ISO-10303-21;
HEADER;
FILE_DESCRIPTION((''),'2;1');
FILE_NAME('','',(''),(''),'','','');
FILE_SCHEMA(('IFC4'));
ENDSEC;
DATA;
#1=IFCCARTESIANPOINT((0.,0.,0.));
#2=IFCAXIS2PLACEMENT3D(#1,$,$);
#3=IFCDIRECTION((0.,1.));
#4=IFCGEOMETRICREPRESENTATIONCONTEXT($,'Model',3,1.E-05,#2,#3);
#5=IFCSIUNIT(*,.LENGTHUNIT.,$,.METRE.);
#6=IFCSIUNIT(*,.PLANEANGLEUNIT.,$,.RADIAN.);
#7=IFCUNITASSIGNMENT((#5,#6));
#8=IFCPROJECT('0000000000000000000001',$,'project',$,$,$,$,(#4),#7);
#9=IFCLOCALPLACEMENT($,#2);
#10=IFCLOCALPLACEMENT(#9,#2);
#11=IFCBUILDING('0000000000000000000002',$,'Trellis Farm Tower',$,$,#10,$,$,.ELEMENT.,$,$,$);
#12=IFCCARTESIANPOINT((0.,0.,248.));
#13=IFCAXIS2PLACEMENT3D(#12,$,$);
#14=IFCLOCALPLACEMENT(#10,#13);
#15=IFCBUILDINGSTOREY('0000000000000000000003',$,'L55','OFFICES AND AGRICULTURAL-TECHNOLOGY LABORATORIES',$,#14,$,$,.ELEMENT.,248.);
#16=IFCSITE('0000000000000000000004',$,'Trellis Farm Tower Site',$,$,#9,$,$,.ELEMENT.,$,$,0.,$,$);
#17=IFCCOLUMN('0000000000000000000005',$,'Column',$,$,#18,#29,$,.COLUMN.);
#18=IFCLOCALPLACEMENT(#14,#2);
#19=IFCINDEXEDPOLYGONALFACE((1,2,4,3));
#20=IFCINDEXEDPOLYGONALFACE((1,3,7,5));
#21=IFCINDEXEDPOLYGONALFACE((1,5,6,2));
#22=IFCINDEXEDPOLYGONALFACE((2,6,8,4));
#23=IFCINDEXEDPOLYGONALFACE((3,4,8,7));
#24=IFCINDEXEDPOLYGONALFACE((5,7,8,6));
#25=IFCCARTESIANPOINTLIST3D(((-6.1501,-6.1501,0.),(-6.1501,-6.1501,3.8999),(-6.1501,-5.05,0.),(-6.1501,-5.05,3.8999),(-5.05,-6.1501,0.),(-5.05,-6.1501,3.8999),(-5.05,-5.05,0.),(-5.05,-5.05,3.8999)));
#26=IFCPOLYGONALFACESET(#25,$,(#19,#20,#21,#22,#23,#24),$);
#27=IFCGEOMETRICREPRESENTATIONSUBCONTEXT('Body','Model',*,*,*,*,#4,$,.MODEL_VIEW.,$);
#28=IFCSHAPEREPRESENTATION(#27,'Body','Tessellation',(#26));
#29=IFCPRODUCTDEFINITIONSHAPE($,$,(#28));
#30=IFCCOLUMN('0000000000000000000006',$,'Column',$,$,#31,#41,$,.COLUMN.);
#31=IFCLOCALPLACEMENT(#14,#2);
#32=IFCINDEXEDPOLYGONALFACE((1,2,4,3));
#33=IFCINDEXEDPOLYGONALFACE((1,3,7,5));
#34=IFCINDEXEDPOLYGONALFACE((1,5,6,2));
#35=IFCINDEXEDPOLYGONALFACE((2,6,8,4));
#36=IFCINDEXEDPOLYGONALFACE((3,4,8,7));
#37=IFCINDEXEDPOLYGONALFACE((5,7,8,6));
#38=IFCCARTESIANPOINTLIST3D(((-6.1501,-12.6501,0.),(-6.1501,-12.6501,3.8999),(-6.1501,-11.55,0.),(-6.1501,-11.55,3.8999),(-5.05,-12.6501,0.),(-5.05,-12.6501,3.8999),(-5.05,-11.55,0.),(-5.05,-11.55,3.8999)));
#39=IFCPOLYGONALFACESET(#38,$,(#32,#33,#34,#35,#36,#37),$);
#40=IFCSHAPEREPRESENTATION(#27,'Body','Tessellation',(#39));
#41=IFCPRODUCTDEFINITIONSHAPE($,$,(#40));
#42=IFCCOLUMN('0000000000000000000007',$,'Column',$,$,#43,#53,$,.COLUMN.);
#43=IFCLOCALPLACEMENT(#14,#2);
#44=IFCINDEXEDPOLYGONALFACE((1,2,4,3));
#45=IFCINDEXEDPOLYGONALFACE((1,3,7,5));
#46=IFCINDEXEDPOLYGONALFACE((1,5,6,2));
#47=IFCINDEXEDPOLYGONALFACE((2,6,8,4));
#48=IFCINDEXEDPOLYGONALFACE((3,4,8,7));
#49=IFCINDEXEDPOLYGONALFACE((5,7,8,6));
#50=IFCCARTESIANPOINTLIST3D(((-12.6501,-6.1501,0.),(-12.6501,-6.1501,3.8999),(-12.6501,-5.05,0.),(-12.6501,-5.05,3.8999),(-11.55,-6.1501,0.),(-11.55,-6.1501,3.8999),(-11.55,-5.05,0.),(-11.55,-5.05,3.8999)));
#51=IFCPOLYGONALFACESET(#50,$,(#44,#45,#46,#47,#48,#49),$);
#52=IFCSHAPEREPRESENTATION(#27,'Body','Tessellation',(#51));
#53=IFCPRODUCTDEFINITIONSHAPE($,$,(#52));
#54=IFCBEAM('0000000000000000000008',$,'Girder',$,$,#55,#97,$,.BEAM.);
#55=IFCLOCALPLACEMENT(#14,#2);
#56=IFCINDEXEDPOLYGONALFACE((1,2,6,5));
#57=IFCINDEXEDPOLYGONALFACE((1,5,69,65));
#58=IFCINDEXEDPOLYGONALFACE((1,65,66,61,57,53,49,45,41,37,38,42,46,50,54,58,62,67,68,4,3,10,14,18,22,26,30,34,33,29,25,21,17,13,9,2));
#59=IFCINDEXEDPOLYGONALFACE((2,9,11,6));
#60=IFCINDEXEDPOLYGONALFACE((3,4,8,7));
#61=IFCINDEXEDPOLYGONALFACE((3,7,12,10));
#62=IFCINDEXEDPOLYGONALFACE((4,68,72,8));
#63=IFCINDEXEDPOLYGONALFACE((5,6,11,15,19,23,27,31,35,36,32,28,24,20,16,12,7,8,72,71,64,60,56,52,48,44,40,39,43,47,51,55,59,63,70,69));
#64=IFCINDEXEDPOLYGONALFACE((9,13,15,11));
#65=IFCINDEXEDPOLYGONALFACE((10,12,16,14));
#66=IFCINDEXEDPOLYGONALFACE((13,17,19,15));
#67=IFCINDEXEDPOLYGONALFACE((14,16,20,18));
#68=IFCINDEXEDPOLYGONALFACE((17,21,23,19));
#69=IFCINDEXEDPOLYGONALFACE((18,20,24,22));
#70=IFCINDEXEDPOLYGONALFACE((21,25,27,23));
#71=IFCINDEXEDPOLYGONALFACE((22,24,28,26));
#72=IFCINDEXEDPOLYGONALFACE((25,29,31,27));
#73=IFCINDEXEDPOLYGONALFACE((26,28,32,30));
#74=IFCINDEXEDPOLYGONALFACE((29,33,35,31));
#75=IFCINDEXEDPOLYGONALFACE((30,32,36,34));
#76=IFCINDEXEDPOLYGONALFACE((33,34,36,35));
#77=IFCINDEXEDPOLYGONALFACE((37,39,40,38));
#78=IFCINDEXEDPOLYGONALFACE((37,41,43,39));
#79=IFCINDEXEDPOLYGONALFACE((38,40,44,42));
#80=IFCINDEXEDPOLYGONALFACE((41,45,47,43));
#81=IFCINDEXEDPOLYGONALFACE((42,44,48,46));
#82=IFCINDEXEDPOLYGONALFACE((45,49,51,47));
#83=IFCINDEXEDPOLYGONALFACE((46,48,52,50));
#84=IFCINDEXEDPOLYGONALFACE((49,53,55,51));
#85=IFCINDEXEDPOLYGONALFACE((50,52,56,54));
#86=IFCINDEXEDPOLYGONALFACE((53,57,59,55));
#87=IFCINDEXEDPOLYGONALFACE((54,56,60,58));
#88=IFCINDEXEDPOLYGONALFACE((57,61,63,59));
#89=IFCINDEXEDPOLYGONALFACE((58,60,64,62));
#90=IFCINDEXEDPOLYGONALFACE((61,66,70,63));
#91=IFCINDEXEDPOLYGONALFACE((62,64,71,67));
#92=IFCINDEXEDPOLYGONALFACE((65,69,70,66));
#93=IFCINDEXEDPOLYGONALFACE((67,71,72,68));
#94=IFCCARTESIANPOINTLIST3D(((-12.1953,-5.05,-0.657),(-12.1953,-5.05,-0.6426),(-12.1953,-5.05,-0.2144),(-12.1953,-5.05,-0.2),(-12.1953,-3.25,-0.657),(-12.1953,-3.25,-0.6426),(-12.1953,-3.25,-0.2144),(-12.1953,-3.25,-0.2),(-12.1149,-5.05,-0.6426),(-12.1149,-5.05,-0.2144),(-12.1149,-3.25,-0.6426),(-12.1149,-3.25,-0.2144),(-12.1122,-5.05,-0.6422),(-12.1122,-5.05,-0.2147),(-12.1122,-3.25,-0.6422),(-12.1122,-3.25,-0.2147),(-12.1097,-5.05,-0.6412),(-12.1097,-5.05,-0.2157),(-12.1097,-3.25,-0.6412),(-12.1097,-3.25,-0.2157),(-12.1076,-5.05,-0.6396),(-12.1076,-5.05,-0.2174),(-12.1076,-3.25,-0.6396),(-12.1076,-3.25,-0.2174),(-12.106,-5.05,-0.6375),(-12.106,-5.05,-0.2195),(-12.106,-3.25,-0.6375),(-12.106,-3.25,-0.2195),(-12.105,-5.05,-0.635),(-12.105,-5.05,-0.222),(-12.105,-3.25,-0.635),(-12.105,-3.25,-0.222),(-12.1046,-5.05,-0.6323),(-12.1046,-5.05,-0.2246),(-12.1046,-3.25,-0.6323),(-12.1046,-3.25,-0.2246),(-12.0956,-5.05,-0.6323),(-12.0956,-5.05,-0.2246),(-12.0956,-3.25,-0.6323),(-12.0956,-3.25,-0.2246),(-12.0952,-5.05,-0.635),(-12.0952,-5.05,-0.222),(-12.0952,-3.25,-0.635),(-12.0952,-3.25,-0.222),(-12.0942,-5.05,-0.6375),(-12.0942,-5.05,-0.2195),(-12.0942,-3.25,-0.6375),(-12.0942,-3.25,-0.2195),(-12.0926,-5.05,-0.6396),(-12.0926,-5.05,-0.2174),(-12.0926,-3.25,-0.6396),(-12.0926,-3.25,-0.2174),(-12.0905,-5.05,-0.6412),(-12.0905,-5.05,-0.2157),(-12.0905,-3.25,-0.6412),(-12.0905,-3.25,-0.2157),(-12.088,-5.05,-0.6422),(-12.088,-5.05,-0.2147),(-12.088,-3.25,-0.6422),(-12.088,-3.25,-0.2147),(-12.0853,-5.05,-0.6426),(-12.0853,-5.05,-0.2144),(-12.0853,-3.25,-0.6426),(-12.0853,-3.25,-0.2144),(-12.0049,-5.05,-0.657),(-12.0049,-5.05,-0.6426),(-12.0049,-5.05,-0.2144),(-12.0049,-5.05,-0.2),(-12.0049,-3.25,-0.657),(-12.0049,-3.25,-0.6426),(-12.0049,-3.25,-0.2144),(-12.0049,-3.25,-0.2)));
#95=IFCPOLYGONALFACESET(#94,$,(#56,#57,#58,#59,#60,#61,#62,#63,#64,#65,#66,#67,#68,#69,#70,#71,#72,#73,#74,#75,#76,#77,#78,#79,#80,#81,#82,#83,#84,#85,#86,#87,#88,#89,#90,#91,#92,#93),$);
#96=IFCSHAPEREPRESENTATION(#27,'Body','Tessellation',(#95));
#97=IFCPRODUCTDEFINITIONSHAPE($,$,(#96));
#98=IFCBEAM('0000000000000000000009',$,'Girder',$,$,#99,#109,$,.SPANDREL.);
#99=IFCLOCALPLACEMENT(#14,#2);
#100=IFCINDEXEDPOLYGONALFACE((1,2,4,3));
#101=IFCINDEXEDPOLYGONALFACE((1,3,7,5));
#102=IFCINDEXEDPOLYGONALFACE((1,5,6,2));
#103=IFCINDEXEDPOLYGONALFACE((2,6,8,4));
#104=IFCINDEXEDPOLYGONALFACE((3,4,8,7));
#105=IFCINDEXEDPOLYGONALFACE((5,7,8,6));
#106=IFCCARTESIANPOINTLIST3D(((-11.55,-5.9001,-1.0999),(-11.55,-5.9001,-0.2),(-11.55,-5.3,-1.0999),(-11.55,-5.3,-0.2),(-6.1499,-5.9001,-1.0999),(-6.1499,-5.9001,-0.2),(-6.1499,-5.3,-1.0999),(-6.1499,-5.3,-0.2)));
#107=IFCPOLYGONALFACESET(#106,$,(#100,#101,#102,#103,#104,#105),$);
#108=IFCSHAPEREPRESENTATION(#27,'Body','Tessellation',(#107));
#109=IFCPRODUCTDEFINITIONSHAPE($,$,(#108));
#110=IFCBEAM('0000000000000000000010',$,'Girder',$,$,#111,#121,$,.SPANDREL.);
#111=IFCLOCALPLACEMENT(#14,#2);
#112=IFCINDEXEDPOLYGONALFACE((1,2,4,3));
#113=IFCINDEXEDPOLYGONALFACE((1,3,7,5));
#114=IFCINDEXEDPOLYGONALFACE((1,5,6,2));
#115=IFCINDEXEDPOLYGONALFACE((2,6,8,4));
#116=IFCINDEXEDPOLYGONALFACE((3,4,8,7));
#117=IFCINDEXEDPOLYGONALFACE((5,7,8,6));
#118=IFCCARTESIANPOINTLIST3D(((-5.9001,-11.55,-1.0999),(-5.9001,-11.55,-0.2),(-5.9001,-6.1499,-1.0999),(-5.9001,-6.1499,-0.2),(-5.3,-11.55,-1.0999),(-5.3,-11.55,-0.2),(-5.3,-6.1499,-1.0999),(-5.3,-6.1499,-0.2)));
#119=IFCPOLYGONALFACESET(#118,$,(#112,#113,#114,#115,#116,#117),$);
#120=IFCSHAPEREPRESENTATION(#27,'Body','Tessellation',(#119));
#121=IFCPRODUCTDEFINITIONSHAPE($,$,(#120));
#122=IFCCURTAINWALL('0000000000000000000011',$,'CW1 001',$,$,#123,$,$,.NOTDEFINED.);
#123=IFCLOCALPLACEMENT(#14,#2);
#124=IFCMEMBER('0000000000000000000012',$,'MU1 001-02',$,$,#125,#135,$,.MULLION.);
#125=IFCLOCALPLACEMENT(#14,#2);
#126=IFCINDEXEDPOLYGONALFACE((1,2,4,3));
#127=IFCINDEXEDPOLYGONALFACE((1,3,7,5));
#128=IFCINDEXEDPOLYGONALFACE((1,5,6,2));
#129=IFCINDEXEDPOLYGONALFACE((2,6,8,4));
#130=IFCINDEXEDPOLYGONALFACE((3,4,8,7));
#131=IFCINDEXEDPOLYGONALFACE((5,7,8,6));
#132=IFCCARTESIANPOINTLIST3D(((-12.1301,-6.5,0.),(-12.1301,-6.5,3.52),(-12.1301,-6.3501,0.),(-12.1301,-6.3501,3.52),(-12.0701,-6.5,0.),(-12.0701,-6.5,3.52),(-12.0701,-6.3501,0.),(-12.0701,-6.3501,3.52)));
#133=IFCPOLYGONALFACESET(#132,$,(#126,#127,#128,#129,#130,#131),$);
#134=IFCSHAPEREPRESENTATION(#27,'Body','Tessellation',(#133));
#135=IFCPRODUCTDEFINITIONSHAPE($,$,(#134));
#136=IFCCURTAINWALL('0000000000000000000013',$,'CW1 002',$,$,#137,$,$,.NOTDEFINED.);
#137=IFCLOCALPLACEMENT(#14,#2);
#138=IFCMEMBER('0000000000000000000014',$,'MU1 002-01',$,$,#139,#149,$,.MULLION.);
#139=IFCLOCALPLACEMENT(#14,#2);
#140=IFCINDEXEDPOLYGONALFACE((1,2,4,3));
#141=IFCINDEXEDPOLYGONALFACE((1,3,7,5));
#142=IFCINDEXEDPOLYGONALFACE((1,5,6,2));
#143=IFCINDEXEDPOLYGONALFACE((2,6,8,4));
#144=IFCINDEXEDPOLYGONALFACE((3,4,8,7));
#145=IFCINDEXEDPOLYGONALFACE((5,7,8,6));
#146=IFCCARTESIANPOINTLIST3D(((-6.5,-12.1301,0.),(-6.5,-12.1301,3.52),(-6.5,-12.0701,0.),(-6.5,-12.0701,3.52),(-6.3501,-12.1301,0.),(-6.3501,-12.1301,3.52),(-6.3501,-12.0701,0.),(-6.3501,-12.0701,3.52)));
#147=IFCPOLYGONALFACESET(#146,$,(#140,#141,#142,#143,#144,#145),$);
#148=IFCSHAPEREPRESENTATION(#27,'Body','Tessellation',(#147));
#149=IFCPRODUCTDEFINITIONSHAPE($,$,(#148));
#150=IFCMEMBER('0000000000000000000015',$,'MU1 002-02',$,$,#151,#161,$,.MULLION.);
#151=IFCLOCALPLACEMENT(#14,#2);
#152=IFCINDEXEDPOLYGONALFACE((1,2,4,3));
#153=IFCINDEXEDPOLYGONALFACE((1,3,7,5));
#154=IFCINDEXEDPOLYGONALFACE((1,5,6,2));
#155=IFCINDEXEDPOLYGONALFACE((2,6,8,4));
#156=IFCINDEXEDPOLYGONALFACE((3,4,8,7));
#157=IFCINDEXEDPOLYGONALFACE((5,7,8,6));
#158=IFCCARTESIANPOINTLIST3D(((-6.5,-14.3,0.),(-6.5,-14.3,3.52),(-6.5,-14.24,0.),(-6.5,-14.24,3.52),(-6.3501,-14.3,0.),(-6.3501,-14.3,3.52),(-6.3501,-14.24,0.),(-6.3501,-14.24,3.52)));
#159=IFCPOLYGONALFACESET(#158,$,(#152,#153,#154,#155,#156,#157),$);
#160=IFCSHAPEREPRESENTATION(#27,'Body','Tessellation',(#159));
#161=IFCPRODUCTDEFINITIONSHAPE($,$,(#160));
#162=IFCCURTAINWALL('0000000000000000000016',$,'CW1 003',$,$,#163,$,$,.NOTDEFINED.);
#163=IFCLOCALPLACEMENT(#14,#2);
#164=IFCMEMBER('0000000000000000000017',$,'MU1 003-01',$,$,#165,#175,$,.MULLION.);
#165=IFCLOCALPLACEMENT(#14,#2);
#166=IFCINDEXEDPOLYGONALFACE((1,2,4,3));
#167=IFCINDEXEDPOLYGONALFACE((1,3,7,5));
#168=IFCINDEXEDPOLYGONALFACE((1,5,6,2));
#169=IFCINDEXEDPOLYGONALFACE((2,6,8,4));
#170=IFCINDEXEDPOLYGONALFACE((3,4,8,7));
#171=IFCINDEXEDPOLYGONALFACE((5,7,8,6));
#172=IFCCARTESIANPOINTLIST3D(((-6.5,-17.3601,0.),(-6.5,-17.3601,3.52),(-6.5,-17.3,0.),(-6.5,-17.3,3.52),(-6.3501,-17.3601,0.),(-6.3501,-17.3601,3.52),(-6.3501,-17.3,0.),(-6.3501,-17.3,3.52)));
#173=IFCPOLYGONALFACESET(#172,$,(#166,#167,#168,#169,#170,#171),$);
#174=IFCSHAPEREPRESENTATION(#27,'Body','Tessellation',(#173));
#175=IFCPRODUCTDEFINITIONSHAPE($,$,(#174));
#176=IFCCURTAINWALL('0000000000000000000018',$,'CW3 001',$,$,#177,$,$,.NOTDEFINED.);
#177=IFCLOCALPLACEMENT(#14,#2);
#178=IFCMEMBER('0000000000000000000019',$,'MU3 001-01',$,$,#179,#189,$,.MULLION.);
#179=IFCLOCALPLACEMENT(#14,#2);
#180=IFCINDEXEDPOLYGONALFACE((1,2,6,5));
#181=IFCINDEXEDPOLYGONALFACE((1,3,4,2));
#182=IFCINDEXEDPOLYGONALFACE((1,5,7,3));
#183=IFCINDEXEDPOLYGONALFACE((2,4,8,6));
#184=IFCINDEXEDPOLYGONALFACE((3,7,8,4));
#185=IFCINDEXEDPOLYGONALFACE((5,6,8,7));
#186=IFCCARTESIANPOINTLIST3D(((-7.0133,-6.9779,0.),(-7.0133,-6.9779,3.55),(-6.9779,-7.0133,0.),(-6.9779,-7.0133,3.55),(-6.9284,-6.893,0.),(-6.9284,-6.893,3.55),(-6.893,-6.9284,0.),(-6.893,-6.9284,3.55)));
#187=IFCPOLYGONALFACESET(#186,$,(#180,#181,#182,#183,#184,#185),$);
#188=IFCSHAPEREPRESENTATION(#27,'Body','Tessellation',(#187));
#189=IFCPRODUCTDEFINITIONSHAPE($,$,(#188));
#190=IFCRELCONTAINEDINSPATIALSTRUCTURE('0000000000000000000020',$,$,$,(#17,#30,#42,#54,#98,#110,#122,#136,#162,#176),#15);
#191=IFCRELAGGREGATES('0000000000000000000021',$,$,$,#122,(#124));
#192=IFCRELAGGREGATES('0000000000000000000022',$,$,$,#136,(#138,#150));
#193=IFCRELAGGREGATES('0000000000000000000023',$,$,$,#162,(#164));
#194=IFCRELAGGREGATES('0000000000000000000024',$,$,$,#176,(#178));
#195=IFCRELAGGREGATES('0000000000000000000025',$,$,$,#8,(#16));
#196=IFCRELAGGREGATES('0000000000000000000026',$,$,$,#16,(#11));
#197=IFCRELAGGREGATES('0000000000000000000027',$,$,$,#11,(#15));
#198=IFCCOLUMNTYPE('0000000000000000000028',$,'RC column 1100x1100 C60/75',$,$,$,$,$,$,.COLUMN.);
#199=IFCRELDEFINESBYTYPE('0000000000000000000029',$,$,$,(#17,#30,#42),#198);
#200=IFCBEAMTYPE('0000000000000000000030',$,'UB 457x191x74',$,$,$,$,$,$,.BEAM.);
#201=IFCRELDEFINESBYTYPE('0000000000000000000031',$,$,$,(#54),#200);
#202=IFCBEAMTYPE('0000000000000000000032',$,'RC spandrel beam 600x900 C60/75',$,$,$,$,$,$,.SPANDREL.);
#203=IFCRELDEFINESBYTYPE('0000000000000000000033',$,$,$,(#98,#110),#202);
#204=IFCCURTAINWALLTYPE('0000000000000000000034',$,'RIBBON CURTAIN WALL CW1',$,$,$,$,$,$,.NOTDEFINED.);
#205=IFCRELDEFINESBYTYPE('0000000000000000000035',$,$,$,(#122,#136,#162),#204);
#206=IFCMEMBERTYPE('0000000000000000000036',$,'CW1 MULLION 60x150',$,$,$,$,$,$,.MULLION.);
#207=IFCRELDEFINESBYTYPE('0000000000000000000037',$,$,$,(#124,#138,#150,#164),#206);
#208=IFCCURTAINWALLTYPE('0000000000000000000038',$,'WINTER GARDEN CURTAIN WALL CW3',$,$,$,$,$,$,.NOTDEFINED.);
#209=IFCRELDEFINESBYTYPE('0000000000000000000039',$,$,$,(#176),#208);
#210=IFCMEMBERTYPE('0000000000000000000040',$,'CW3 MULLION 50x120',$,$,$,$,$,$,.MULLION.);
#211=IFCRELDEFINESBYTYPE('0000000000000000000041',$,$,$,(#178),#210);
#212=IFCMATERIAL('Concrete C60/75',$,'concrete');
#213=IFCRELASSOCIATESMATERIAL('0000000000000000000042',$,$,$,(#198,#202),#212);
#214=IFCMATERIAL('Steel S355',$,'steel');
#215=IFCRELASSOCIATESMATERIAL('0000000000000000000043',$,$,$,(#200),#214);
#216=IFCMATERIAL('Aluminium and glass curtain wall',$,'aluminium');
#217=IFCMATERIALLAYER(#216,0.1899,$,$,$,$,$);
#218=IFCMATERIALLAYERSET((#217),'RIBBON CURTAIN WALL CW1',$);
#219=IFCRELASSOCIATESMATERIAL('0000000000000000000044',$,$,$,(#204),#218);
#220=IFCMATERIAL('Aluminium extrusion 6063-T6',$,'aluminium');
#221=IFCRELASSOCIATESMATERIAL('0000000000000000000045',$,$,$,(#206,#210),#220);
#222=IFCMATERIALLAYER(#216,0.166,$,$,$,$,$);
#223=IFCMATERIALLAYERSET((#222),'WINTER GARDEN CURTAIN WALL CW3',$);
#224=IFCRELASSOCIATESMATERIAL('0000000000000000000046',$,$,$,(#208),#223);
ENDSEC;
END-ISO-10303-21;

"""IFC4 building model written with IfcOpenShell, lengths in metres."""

from ifc_helpers import new_model, si_unit, direction, frame, origin, origin_2d, place, context, subcontext, project, spatial, rectangle, i_section, extrude, source, transform, mapped, material, layer, layer_set, material_profile, profile_set, type_object, element, aggregate, save


model = new_model("IFC4")

# Units and contexts
model_context = context("Model", 3, precision=1e-05, world=origin(), true_north=direction((0.0, 1.0)))
body_context = subcontext(model_context, "Body", "Model", "MODEL_VIEW")
ifc_project = project(units=[si_unit("LENGTHUNIT", "METRE"), si_unit("PLANEANGLEUNIT", "RADIAN")], contexts=[model_context])

# Site, building, storey
site_placement = place(None, origin())
site = spatial("IfcSite", under=ifc_project, at=site_placement, Name="Trellis Farm Tower Site", CompositionType="ELEMENT", RefElevation=0.0)
building_placement = place(site_placement, origin())
building = spatial("IfcBuilding", under=site, at=building_placement, Name="Trellis Farm Tower", CompositionType="ELEMENT")
storey_placement = place(building_placement, frame((0.0, 0.0, 248.0)))
storey = spatial("IfcBuildingStorey", under=building, at=storey_placement, Name="L55", Description="OFFICES AND AGRICULTURAL-TECHNOLOGY LABORATORIES", CompositionType="ELEMENT", Elevation=248.0)

# Columns
ifc_material_1 = material(Name="Concrete C60/75", Category="concrete")
ifc_material_profile_1 = material_profile(ifc_material_1, rectangle(XDim=1.1001, YDim=1.1001, at=origin_2d()), Name="RC column 1100x1100 C60/75")
ifc_profile_set_1 = profile_set([ifc_material_profile_1], Name="Concrete C60/75")
column_type = type_object("IfcColumnType", Name="RC column 1100x1100 C60/75", PredefinedType="COLUMN", material=ifc_profile_set_1)
shared_shape_1 = source(origin(), body_context, "Body", "SweptSolid", [
    extrude(rectangle(XDim=1.1001, YDim=1.1001, at=origin_2d()), origin(), (0.0, 0.0, 1.0), 3.8999),
])
for number, where, z_axis, x_axis, name in (
    (1, (-5.6001, -5.6001, 0.0), (0.0, 0.0, 1.0), (1.0, 0.0, 0.0), "Column"),
    (2, (-5.6001, -12.1001, 0.0), (0.0, 0.0, 1.0), (1.0, 0.0, 0.0), "Column"),
    (3, (-12.1001, -5.6001, 0.0), (0.0, 0.0, 1.0), (1.0, 0.0, 0.0), "Column"),
):
    element("IfcColumn", number, at=place(storey_placement, frame(where, z_axis=z_axis, x_axis=x_axis)), inside=storey, type_object=column_type, Name=name, PredefinedType="COLUMN", context=body_context, shape_type="MappedRepresentation", body=[
        mapped(shared_shape_1, transform((0.0, 0.0, 0.0))),
    ])

# Beams
ifc_material_2 = material(Name="Steel S355", Category="steel")
ifc_material_profile_2 = material_profile(ifc_material_2, i_section(OverallWidth=0.1904, OverallDepth=0.457, WebThickness=0.009, FlangeThickness=0.0144, FilletRadius=0.0103, at=origin_2d()), Name="UB 457x191x74")
ifc_profile_set_2 = profile_set([ifc_material_profile_2], Name="Steel S355")
beam_type_1 = type_object("IfcBeamType", Name="UB 457x191x74", PredefinedType="BEAM", material=ifc_profile_set_2)
shared_shape_2 = source(origin(), body_context, "Body", "SweptSolid", [
    extrude(i_section(OverallWidth=0.1904, OverallDepth=0.457, WebThickness=0.009, FlangeThickness=0.0144, FilletRadius=0.0103, at=origin_2d()), origin(), (0.0, 0.0, 1.0), 1.8),
])
beam_placement = place(storey_placement, frame((-12.1001, -5.05, -0.4285), z_axis=(0.0, 1.0, 0.0), x_axis=(-1.0, 0.0, 0.0)))
element("IfcBeam", 4, at=beam_placement, inside=storey, type_object=beam_type_1, Name="Girder", PredefinedType="BEAM", context=body_context, shape_type="MappedRepresentation", body=[
    mapped(shared_shape_2, transform((0.0, 0.0, 0.0))),
])
ifc_material_profile_3 = material_profile(ifc_material_1, rectangle(XDim=0.6001, YDim=0.8999, at=origin_2d()), Name="RC spandrel beam 600x900 C60/75")
ifc_profile_set_3 = profile_set([ifc_material_profile_3], Name="Concrete C60/75")
beam_type_2 = type_object("IfcBeamType", Name="RC spandrel beam 600x900 C60/75", PredefinedType="SPANDREL", material=ifc_profile_set_3)
shared_shape_3 = source(origin(), body_context, "Body", "SweptSolid", [
    extrude(rectangle(XDim=0.6001, YDim=0.8999, at=origin_2d()), origin(), (0.0, 0.0, 1.0), 5.4001),
])
for number, where, z_axis, x_axis, name in (
    (5, (-11.55, -5.6001, -0.6499), (1.0, 0.0, 0.0), (0.0, 1.0, 0.0), "Girder"),
    (6, (-5.6001, -11.55, -0.6499), (0.0, 1.0, 0.0), (-1.0, 0.0, 0.0), "Girder"),
):
    element("IfcBeam", number, at=place(storey_placement, frame(where, z_axis=z_axis, x_axis=x_axis)), inside=storey, type_object=beam_type_2, Name=name, PredefinedType="SPANDREL", context=body_context, shape_type="MappedRepresentation", body=[
        mapped(shared_shape_3, transform((0.0, 0.0, 0.0))),
    ])

# Curtain wall, member
ifc_material_3 = material(Name="Aluminium and glass curtain wall", Category="aluminium")
ifc_layer_1 = layer(ifc_material_3, 0.1899)
ifc_layer_set_1 = layer_set([ifc_layer_1], Name="RIBBON CURTAIN WALL CW1")
curtain_wall_type_1 = type_object("IfcCurtainWallType", Name="RIBBON CURTAIN WALL CW1", PredefinedType="NOTDEFINED", material=ifc_layer_set_1)
placement = place(storey_placement, origin())
curtain_wall_1 = element("IfcCurtainWall", 7, at=placement, inside=storey, type_object=curtain_wall_type_1, Name="CW1 001", PredefinedType="NOTDEFINED")
ifc_material_4 = material(Name="Aluminium extrusion 6063-T6", Category="aluminium")
ifc_material_profile_4 = material_profile(ifc_material_4, rectangle(XDim=0.0601, YDim=0.1499, at=origin_2d()), Name="MULLION 60x150")
ifc_profile_set_4 = profile_set([ifc_material_profile_4], Name="Aluminium extrusion 6063-T6")
member_type_1 = type_object("IfcMemberType", Name="CW1 MULLION 60x150", PredefinedType="MULLION", material=ifc_profile_set_4)
shared_shape_4 = source(origin(), body_context, "Body", "SweptSolid", [
    extrude(rectangle(XDim=0.0601, YDim=0.1499, at=origin_2d()), origin(), (0.0, 0.0, 1.0), 3.52),
])
member_1_placement = place(storey_placement, frame((-12.1001, -6.425, 0.0), z_axis=(0.0, 0.0, 1.0), x_axis=(1.0, 0.0, 0.0)))
member_1 = element("IfcMember", 8, at=member_1_placement, type_object=member_type_1, Name="MU1 001-02", PredefinedType="MULLION", context=body_context, shape_type="MappedRepresentation", body=[
    mapped(shared_shape_4, transform((0.0, 0.0, 0.0))),
])
aggregate(curtain_wall_1, [member_1])

# Curtain wall, members
curtain_wall_2 = element("IfcCurtainWall", 9, at=placement, inside=storey, type_object=curtain_wall_type_1, Name="CW1 002", PredefinedType="NOTDEFINED")
member_2_placement = place(storey_placement, frame((-6.425, -12.1001, 0.0), z_axis=(0.0, 0.0, 1.0), x_axis=(0.0, -1.0, 0.0)))
member_2 = element("IfcMember", 10, at=member_2_placement, type_object=member_type_1, Name="MU1 002-01", PredefinedType="MULLION", context=body_context, shape_type="MappedRepresentation", body=[
    mapped(shared_shape_4, transform((0.0, 0.0, 0.0))),
])
member_3_placement = place(storey_placement, frame((-6.425, -14.27, 0.0), z_axis=(0.0, 0.0, 1.0), x_axis=(0.0, -1.0, 0.0)))
member_3 = element("IfcMember", 11, at=member_3_placement, type_object=member_type_1, Name="MU1 002-02", PredefinedType="MULLION", context=body_context, shape_type="MappedRepresentation", body=[
    mapped(shared_shape_4, transform((0.0, 0.0, 0.0))),
])
aggregate(curtain_wall_2, [member_2, member_3])

# Curtain walls, members
curtain_wall_3 = element("IfcCurtainWall", 12, at=placement, inside=storey, type_object=curtain_wall_type_1, Name="CW1 003", PredefinedType="NOTDEFINED")
member_4_placement = place(storey_placement, frame((-6.425, -17.3301, 0.0), z_axis=(0.0, 0.0, 1.0), x_axis=(0.0, -1.0, 0.0)))
member_4 = element("IfcMember", 13, at=member_4_placement, type_object=member_type_1, Name="MU1 003-01", PredefinedType="MULLION", context=body_context, shape_type="MappedRepresentation", body=[
    mapped(shared_shape_4, transform((0.0, 0.0, 0.0))),
])
aggregate(curtain_wall_3, [member_4])
ifc_layer_2 = layer(ifc_material_3, 0.166)
ifc_layer_set_2 = layer_set([ifc_layer_2], Name="WINTER GARDEN CURTAIN WALL CW3")
curtain_wall_type_2 = type_object("IfcCurtainWallType", Name="WINTER GARDEN CURTAIN WALL CW3", PredefinedType="NOTDEFINED", material=ifc_layer_set_2)
curtain_wall_4 = element("IfcCurtainWall", 14, at=placement, inside=storey, type_object=curtain_wall_type_2, Name="CW3 001", PredefinedType="NOTDEFINED")
ifc_material_profile_5 = material_profile(ifc_material_4, rectangle(XDim=0.05, YDim=0.1201, at=origin_2d()), Name="MULLION 50x120")
ifc_profile_set_5 = profile_set([ifc_material_profile_5], Name="Aluminium extrusion 6063-T6")
member_type_2 = type_object("IfcMemberType", Name="CW3 MULLION 50x120", PredefinedType="MULLION", material=ifc_profile_set_5)
shared_shape_5 = source(origin(), body_context, "Body", "SweptSolid", [
    extrude(rectangle(XDim=0.05, YDim=0.1201, at=origin_2d()), origin(), (0.0, 0.0, 1.0), 3.55),
])
member_5_placement = place(storey_placement, frame((-6.9531, -6.9531, 0.0), z_axis=(0.0, 0.0, 1.0), x_axis=(0.707107, -0.707107, 0.0)))
member_5 = element("IfcMember", 15, at=member_5_placement, type_object=member_type_2, Name="MU3 001-01", PredefinedType="MULLION", context=body_context, shape_type="MappedRepresentation", body=[
    mapped(shared_shape_5, transform((0.0, 0.0, 0.0))),
])
aggregate(curtain_wall_4, [member_5])

save(model, "model.ifc")
